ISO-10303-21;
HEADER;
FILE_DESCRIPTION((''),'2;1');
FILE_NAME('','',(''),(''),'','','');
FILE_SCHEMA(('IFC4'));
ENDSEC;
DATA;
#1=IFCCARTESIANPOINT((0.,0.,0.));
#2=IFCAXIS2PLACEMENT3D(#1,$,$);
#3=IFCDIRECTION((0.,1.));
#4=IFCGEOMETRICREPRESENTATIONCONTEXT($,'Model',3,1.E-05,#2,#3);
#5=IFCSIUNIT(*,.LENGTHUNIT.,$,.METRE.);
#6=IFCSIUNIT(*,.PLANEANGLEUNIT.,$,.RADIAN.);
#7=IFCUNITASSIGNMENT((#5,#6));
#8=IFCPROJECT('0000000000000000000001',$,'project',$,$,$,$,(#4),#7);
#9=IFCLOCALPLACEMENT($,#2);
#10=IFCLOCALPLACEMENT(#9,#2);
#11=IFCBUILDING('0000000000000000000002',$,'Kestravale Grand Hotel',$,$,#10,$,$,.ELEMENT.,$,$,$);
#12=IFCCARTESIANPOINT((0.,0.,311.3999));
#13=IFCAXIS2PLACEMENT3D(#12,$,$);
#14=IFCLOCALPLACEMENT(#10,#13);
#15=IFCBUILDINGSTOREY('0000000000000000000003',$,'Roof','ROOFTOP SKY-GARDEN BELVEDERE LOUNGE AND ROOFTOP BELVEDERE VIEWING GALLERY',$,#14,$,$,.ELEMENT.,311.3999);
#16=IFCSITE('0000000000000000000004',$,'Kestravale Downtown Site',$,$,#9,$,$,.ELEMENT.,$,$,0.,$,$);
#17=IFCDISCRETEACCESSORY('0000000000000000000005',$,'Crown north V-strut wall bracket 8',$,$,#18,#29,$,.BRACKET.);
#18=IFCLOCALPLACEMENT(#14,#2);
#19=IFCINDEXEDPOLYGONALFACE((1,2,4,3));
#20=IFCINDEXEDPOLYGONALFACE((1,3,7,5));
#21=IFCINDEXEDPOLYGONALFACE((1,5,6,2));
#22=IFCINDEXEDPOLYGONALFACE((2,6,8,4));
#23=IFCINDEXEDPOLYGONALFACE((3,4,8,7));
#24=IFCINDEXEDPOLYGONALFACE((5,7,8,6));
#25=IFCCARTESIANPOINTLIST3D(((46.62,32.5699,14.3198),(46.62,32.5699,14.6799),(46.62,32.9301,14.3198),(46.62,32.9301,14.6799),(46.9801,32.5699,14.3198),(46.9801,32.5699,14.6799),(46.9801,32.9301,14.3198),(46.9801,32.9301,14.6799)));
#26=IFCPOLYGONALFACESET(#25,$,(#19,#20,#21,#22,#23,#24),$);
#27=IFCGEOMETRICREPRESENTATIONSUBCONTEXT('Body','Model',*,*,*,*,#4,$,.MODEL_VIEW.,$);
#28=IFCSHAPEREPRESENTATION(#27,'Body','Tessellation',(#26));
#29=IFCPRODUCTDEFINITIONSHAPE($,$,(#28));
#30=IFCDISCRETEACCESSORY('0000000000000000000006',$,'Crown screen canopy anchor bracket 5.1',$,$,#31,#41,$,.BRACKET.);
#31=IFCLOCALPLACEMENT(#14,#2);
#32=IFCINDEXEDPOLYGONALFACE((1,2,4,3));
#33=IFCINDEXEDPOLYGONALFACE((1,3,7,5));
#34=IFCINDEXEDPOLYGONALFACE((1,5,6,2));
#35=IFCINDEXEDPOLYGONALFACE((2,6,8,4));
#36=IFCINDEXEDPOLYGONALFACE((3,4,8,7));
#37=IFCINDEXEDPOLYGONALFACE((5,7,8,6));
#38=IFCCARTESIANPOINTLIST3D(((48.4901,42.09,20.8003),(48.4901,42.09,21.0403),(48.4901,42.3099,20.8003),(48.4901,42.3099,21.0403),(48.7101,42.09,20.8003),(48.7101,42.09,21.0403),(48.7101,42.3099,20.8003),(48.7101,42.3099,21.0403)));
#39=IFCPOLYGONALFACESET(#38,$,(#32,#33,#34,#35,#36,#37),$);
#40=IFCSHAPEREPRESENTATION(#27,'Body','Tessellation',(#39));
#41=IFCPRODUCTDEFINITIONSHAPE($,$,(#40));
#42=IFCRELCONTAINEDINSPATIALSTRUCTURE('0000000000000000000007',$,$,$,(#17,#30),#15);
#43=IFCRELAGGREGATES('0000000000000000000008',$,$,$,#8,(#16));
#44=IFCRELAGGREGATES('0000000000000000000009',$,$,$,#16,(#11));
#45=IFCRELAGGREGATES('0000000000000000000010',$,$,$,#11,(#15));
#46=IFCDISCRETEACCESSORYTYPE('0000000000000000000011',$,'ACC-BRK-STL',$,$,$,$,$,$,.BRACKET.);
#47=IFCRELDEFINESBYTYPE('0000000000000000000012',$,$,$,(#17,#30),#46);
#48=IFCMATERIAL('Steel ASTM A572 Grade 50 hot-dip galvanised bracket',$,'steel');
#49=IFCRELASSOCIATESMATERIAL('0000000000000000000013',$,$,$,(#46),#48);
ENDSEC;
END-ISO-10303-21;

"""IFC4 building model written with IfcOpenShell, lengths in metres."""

from ifc_helpers import new_model, si_unit, direction, frame, origin, origin_2d, place, context, subcontext, project, spatial, rectangle, extrude, material, type_object, element, save


model = new_model("IFC4")

# Units and contexts
model_context = context("Model", 3, precision=1e-05, world=origin(), true_north=direction((0.0, 1.0)))
body_context = subcontext(model_context, "Body", "Model", "MODEL_VIEW")
ifc_project = project(units=[si_unit("LENGTHUNIT", "METRE"), si_unit("PLANEANGLEUNIT", "RADIAN")], contexts=[model_context])

# Site, building, storey
site_placement = place(None, origin())
site = spatial("IfcSite", under=ifc_project, at=site_placement, Name="Kestravale Downtown Site", CompositionType="ELEMENT", RefElevation=0.0)
building_placement = place(site_placement, origin())
building = spatial("IfcBuilding", under=site, at=building_placement, Name="Kestravale Grand Hotel", CompositionType="ELEMENT")
storey_placement = place(building_placement, frame((0.0, 0.0, 311.3999)))
storey = spatial("IfcBuildingStorey", under=building, at=storey_placement, Name="Roof", Description="ROOFTOP SKY-GARDEN BELVEDERE LOUNGE AND ROOFTOP BELVEDERE VIEWING GALLERY", CompositionType="ELEMENT", Elevation=311.3999)

# Discrete accessories
ifc_material_1 = material(Name="Steel ASTM A572 Grade 50 hot-dip galvanised bracket", Category="steel")
discrete_accessory_type = type_object("IfcDiscreteAccessoryType", Name="ACC-BRK-STL", PredefinedType="BRACKET", material=ifc_material_1)
discrete_accessory_1_placement = place(storey_placement, frame((46.8, 32.75, 14.3198), z_axis=(0.0, 0.0, 1.0), x_axis=(1.0, 0.0, 0.0)))
element("IfcDiscreteAccessory", 1, at=discrete_accessory_1_placement, inside=storey, type_object=discrete_accessory_type, Name="Crown north V-strut wall bracket 8", PredefinedType="BRACKET", context=body_context, shape_type="SweptSolid", body=[
    extrude(rectangle(XDim=0.3601, YDim=0.3601, at=origin_2d()), origin(), (0.0, 0.0, 1.0), 0.3601),
])
discrete_accessory_2_placement = place(storey_placement, frame((48.6001, 42.2, 20.8003), z_axis=(0.0, 0.0, 1.0), x_axis=(-1.0, 0.0, 0.0)))
element("IfcDiscreteAccessory", 2, at=discrete_accessory_2_placement, inside=storey, type_object=discrete_accessory_type, Name="Crown screen canopy anchor bracket 5.1", PredefinedType="BRACKET", context=body_context, shape_type="SweptSolid", body=[
    extrude(rectangle(XDim=0.22, YDim=0.22, at=origin_2d()), origin(), (0.0, 0.0, 1.0), 0.24),
])

save(model, "model.ifc")
